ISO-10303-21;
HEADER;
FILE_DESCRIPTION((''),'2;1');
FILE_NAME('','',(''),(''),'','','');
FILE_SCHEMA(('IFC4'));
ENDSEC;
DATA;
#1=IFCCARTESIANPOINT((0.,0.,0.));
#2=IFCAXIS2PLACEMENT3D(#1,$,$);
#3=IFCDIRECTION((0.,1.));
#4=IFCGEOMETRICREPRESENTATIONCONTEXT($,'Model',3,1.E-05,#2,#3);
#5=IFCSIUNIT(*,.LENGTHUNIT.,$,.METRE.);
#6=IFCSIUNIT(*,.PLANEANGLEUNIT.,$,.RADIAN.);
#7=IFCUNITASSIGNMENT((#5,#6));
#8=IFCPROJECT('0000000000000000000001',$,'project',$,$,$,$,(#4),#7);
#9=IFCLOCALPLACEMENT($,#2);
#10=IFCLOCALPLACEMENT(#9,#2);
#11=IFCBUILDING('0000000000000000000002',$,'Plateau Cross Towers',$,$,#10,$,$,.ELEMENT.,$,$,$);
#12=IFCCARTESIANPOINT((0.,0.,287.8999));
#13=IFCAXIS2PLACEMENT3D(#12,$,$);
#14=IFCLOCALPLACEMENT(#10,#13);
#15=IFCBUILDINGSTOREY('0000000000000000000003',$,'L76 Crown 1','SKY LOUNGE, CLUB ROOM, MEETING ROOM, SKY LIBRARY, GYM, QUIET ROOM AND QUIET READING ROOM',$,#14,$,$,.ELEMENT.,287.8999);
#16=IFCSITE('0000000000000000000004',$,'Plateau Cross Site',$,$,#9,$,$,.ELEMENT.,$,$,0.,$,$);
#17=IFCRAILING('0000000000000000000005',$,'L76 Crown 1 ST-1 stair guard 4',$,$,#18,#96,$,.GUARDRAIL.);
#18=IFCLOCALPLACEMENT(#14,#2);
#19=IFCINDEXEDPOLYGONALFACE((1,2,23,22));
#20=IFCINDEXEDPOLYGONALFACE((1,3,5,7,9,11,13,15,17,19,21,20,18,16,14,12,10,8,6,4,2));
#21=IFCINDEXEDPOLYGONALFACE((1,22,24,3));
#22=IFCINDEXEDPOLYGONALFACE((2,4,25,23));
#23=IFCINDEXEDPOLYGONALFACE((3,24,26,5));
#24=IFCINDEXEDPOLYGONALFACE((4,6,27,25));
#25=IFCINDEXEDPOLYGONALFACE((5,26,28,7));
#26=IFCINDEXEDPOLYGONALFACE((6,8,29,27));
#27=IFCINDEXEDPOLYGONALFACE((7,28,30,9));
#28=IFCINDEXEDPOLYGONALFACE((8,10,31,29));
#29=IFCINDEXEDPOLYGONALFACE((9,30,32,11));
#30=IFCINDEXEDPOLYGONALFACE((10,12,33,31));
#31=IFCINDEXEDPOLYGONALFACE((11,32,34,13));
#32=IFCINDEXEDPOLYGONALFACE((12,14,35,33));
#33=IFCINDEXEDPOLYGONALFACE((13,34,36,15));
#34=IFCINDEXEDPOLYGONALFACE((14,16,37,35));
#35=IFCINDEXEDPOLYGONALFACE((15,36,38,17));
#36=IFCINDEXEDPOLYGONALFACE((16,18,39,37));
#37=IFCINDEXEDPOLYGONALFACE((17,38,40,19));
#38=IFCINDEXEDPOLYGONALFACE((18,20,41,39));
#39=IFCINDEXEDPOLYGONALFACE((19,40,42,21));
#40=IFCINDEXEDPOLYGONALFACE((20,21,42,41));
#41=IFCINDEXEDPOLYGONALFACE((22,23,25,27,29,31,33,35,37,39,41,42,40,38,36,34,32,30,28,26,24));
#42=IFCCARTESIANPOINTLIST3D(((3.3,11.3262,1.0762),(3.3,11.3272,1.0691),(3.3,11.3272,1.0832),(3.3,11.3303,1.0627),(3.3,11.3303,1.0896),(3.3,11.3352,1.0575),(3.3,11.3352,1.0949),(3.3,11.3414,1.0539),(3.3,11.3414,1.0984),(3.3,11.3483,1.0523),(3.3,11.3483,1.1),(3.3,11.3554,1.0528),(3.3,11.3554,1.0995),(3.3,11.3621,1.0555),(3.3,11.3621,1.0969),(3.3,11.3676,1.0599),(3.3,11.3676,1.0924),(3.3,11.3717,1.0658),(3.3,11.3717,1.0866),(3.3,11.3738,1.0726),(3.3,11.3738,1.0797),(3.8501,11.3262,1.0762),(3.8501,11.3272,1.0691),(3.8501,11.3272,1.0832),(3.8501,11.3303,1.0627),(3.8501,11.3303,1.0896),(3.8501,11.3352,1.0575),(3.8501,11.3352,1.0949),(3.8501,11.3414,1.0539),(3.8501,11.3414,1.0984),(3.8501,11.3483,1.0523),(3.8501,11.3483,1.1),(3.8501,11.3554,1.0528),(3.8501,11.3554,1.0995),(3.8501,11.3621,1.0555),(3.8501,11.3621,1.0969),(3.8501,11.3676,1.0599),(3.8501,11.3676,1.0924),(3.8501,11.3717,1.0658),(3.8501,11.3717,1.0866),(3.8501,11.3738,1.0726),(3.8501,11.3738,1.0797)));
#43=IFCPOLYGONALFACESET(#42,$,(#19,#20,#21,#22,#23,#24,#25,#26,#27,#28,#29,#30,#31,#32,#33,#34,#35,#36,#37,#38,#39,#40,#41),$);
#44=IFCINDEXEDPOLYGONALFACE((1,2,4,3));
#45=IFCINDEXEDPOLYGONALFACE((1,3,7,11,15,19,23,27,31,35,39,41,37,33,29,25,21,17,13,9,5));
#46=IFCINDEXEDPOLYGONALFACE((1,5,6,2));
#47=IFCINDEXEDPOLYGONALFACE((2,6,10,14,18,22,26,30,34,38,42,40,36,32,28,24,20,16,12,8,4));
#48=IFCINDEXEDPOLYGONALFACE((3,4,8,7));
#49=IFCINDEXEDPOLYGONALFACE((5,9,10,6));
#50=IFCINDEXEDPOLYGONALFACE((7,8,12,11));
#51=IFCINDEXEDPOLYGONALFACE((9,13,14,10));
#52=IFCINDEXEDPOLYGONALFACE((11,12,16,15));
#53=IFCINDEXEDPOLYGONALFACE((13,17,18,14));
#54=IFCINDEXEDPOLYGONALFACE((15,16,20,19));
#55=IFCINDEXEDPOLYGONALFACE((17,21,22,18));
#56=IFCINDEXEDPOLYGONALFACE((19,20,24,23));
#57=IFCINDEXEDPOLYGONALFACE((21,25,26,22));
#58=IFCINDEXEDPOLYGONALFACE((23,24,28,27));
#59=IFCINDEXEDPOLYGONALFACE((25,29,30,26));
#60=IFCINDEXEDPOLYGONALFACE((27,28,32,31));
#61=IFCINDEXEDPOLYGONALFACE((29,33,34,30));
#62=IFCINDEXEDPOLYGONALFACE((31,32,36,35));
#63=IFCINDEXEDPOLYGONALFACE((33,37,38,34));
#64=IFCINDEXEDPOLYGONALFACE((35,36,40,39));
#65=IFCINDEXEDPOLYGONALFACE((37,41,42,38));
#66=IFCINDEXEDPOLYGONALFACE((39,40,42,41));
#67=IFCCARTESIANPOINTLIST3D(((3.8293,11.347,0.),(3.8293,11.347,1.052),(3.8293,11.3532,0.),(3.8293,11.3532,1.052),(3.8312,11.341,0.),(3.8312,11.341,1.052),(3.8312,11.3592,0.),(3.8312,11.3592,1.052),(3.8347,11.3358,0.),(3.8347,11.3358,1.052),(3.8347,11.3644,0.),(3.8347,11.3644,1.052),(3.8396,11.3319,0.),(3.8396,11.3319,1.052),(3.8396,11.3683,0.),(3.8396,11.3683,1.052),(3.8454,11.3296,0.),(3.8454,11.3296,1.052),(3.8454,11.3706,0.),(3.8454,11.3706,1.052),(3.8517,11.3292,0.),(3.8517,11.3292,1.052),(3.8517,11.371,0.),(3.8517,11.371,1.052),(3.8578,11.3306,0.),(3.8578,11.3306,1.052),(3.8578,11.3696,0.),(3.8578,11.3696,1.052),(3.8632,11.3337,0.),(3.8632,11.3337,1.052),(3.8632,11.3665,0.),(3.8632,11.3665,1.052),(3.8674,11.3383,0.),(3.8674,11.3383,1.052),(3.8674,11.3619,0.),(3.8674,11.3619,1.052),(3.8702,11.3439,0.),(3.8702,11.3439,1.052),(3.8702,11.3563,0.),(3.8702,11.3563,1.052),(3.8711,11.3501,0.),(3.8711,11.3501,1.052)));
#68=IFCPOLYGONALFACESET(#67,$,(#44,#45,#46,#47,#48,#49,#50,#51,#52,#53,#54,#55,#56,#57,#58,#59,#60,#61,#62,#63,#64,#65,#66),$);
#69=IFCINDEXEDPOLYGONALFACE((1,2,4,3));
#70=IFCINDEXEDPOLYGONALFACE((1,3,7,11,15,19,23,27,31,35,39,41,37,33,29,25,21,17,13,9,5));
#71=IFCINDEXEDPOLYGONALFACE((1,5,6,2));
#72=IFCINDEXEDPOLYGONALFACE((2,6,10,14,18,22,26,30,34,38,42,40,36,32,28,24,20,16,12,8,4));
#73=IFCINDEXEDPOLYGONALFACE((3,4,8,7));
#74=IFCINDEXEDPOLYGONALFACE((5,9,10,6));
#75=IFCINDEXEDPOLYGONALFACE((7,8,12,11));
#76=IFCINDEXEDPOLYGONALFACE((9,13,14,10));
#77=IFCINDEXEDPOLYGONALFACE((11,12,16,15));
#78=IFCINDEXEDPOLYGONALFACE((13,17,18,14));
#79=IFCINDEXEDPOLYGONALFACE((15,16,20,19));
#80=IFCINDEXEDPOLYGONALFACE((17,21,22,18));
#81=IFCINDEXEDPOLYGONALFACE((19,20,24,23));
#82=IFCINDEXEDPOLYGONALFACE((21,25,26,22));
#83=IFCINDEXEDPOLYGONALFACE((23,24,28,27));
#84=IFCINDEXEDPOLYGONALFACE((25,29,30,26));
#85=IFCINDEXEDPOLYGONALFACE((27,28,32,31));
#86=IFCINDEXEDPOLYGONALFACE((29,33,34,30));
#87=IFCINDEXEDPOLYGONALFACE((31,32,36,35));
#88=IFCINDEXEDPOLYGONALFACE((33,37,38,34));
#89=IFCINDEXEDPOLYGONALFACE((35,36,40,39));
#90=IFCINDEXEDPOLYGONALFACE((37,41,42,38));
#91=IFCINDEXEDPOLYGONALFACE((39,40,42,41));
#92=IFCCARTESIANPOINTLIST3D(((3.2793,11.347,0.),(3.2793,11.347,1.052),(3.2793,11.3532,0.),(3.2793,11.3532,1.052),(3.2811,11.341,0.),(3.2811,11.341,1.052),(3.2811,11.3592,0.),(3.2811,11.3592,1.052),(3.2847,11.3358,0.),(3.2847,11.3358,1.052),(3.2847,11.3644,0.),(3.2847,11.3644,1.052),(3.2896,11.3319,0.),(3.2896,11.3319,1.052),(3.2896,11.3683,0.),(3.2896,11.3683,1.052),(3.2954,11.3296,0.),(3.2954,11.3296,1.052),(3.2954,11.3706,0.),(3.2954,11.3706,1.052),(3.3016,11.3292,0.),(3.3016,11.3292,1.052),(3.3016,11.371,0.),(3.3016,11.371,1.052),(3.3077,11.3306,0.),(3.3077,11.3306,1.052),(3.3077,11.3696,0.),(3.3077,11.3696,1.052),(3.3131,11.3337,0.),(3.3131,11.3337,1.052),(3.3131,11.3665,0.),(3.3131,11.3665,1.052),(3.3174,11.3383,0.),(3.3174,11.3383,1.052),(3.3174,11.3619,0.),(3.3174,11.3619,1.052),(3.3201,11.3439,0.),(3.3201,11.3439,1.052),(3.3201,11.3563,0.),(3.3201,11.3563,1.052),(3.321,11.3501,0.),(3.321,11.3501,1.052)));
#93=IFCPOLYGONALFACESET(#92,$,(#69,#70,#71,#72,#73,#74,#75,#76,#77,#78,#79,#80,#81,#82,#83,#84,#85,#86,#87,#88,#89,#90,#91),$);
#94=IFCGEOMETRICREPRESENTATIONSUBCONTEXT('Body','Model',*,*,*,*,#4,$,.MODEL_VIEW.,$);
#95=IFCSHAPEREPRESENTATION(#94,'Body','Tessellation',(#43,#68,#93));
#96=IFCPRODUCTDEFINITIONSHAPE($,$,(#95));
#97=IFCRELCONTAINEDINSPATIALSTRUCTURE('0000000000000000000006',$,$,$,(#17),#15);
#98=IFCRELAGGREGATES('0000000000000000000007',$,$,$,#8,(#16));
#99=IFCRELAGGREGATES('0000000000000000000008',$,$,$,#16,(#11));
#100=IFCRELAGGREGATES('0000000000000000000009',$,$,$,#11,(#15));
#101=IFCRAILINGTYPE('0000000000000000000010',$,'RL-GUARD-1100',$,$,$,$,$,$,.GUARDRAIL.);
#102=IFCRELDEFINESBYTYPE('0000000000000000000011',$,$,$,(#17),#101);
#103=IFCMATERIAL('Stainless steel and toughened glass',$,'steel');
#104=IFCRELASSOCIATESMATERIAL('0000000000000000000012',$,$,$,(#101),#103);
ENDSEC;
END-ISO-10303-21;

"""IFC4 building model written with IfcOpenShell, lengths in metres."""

from ifc_helpers import new_model, si_unit, direction, frame, origin, origin_2d, place, context, subcontext, project, spatial, circle, extrude, material, type_object, element, save


model = new_model("IFC4")

# Units and contexts
model_context = context("Model", 3, precision=1e-05, world=origin(), true_north=direction((0.0, 1.0)))
body_context = subcontext(model_context, "Body", "Model", "MODEL_VIEW")
ifc_project = project(units=[si_unit("LENGTHUNIT", "METRE"), si_unit("PLANEANGLEUNIT", "RADIAN")], contexts=[model_context])

# Site, building, storey
site_placement = place(None, origin())
site = spatial("IfcSite", under=ifc_project, at=site_placement, Name="Plateau Cross Site", CompositionType="ELEMENT", RefElevation=0.0)
building_placement = place(site_placement, origin())
building = spatial("IfcBuilding", under=site, at=building_placement, Name="Plateau Cross Towers", CompositionType="ELEMENT")
storey_placement = place(building_placement, frame((0.0, 0.0, 287.8999)))
storey = spatial("IfcBuildingStorey", under=building, at=storey_placement, Name="L76 Crown 1", Description="SKY LOUNGE, CLUB ROOM, MEETING ROOM, SKY LIBRARY, GYM, QUIET ROOM AND QUIET READING ROOM", CompositionType="ELEMENT", Elevation=287.8999)

# Railing
ifc_material_1 = material(Name="Stainless steel and toughened glass", Category="steel")
railing_type_1 = type_object("IfcRailingType", Name="RL-GUARD-1100", PredefinedType="GUARDRAIL", material=ifc_material_1)
railing_1_placement = place(storey_placement, frame((3.8501, 11.3501, 0.0)))
element("IfcRailing", 1, at=railing_1_placement, inside=storey, type_object=railing_type_1, Name="L76 Crown 1 ST-1 stair guard 4", PredefinedType="GUARDRAIL", context=body_context, shape_type="SweptSolid", body=[
    extrude(circle(Radius=0.0239, at=origin_2d()), frame((0.0, 0.0, 1.0762), z_axis=(-1.0, 0.0, 0.0), x_axis=(0.0, -1.0, 0.0)), (0.0, 0.0, 1.0), 0.55),
    extrude(circle(Radius=0.021, at=origin_2d()), origin(), (0.0, 0.0, 1.0), 1.052),
    extrude(circle(Radius=0.021, at=origin_2d()), frame((-0.55, 0.0, 0.0)), (0.0, 0.0, 1.0), 1.052),
])

save(model, "model.ifc")
